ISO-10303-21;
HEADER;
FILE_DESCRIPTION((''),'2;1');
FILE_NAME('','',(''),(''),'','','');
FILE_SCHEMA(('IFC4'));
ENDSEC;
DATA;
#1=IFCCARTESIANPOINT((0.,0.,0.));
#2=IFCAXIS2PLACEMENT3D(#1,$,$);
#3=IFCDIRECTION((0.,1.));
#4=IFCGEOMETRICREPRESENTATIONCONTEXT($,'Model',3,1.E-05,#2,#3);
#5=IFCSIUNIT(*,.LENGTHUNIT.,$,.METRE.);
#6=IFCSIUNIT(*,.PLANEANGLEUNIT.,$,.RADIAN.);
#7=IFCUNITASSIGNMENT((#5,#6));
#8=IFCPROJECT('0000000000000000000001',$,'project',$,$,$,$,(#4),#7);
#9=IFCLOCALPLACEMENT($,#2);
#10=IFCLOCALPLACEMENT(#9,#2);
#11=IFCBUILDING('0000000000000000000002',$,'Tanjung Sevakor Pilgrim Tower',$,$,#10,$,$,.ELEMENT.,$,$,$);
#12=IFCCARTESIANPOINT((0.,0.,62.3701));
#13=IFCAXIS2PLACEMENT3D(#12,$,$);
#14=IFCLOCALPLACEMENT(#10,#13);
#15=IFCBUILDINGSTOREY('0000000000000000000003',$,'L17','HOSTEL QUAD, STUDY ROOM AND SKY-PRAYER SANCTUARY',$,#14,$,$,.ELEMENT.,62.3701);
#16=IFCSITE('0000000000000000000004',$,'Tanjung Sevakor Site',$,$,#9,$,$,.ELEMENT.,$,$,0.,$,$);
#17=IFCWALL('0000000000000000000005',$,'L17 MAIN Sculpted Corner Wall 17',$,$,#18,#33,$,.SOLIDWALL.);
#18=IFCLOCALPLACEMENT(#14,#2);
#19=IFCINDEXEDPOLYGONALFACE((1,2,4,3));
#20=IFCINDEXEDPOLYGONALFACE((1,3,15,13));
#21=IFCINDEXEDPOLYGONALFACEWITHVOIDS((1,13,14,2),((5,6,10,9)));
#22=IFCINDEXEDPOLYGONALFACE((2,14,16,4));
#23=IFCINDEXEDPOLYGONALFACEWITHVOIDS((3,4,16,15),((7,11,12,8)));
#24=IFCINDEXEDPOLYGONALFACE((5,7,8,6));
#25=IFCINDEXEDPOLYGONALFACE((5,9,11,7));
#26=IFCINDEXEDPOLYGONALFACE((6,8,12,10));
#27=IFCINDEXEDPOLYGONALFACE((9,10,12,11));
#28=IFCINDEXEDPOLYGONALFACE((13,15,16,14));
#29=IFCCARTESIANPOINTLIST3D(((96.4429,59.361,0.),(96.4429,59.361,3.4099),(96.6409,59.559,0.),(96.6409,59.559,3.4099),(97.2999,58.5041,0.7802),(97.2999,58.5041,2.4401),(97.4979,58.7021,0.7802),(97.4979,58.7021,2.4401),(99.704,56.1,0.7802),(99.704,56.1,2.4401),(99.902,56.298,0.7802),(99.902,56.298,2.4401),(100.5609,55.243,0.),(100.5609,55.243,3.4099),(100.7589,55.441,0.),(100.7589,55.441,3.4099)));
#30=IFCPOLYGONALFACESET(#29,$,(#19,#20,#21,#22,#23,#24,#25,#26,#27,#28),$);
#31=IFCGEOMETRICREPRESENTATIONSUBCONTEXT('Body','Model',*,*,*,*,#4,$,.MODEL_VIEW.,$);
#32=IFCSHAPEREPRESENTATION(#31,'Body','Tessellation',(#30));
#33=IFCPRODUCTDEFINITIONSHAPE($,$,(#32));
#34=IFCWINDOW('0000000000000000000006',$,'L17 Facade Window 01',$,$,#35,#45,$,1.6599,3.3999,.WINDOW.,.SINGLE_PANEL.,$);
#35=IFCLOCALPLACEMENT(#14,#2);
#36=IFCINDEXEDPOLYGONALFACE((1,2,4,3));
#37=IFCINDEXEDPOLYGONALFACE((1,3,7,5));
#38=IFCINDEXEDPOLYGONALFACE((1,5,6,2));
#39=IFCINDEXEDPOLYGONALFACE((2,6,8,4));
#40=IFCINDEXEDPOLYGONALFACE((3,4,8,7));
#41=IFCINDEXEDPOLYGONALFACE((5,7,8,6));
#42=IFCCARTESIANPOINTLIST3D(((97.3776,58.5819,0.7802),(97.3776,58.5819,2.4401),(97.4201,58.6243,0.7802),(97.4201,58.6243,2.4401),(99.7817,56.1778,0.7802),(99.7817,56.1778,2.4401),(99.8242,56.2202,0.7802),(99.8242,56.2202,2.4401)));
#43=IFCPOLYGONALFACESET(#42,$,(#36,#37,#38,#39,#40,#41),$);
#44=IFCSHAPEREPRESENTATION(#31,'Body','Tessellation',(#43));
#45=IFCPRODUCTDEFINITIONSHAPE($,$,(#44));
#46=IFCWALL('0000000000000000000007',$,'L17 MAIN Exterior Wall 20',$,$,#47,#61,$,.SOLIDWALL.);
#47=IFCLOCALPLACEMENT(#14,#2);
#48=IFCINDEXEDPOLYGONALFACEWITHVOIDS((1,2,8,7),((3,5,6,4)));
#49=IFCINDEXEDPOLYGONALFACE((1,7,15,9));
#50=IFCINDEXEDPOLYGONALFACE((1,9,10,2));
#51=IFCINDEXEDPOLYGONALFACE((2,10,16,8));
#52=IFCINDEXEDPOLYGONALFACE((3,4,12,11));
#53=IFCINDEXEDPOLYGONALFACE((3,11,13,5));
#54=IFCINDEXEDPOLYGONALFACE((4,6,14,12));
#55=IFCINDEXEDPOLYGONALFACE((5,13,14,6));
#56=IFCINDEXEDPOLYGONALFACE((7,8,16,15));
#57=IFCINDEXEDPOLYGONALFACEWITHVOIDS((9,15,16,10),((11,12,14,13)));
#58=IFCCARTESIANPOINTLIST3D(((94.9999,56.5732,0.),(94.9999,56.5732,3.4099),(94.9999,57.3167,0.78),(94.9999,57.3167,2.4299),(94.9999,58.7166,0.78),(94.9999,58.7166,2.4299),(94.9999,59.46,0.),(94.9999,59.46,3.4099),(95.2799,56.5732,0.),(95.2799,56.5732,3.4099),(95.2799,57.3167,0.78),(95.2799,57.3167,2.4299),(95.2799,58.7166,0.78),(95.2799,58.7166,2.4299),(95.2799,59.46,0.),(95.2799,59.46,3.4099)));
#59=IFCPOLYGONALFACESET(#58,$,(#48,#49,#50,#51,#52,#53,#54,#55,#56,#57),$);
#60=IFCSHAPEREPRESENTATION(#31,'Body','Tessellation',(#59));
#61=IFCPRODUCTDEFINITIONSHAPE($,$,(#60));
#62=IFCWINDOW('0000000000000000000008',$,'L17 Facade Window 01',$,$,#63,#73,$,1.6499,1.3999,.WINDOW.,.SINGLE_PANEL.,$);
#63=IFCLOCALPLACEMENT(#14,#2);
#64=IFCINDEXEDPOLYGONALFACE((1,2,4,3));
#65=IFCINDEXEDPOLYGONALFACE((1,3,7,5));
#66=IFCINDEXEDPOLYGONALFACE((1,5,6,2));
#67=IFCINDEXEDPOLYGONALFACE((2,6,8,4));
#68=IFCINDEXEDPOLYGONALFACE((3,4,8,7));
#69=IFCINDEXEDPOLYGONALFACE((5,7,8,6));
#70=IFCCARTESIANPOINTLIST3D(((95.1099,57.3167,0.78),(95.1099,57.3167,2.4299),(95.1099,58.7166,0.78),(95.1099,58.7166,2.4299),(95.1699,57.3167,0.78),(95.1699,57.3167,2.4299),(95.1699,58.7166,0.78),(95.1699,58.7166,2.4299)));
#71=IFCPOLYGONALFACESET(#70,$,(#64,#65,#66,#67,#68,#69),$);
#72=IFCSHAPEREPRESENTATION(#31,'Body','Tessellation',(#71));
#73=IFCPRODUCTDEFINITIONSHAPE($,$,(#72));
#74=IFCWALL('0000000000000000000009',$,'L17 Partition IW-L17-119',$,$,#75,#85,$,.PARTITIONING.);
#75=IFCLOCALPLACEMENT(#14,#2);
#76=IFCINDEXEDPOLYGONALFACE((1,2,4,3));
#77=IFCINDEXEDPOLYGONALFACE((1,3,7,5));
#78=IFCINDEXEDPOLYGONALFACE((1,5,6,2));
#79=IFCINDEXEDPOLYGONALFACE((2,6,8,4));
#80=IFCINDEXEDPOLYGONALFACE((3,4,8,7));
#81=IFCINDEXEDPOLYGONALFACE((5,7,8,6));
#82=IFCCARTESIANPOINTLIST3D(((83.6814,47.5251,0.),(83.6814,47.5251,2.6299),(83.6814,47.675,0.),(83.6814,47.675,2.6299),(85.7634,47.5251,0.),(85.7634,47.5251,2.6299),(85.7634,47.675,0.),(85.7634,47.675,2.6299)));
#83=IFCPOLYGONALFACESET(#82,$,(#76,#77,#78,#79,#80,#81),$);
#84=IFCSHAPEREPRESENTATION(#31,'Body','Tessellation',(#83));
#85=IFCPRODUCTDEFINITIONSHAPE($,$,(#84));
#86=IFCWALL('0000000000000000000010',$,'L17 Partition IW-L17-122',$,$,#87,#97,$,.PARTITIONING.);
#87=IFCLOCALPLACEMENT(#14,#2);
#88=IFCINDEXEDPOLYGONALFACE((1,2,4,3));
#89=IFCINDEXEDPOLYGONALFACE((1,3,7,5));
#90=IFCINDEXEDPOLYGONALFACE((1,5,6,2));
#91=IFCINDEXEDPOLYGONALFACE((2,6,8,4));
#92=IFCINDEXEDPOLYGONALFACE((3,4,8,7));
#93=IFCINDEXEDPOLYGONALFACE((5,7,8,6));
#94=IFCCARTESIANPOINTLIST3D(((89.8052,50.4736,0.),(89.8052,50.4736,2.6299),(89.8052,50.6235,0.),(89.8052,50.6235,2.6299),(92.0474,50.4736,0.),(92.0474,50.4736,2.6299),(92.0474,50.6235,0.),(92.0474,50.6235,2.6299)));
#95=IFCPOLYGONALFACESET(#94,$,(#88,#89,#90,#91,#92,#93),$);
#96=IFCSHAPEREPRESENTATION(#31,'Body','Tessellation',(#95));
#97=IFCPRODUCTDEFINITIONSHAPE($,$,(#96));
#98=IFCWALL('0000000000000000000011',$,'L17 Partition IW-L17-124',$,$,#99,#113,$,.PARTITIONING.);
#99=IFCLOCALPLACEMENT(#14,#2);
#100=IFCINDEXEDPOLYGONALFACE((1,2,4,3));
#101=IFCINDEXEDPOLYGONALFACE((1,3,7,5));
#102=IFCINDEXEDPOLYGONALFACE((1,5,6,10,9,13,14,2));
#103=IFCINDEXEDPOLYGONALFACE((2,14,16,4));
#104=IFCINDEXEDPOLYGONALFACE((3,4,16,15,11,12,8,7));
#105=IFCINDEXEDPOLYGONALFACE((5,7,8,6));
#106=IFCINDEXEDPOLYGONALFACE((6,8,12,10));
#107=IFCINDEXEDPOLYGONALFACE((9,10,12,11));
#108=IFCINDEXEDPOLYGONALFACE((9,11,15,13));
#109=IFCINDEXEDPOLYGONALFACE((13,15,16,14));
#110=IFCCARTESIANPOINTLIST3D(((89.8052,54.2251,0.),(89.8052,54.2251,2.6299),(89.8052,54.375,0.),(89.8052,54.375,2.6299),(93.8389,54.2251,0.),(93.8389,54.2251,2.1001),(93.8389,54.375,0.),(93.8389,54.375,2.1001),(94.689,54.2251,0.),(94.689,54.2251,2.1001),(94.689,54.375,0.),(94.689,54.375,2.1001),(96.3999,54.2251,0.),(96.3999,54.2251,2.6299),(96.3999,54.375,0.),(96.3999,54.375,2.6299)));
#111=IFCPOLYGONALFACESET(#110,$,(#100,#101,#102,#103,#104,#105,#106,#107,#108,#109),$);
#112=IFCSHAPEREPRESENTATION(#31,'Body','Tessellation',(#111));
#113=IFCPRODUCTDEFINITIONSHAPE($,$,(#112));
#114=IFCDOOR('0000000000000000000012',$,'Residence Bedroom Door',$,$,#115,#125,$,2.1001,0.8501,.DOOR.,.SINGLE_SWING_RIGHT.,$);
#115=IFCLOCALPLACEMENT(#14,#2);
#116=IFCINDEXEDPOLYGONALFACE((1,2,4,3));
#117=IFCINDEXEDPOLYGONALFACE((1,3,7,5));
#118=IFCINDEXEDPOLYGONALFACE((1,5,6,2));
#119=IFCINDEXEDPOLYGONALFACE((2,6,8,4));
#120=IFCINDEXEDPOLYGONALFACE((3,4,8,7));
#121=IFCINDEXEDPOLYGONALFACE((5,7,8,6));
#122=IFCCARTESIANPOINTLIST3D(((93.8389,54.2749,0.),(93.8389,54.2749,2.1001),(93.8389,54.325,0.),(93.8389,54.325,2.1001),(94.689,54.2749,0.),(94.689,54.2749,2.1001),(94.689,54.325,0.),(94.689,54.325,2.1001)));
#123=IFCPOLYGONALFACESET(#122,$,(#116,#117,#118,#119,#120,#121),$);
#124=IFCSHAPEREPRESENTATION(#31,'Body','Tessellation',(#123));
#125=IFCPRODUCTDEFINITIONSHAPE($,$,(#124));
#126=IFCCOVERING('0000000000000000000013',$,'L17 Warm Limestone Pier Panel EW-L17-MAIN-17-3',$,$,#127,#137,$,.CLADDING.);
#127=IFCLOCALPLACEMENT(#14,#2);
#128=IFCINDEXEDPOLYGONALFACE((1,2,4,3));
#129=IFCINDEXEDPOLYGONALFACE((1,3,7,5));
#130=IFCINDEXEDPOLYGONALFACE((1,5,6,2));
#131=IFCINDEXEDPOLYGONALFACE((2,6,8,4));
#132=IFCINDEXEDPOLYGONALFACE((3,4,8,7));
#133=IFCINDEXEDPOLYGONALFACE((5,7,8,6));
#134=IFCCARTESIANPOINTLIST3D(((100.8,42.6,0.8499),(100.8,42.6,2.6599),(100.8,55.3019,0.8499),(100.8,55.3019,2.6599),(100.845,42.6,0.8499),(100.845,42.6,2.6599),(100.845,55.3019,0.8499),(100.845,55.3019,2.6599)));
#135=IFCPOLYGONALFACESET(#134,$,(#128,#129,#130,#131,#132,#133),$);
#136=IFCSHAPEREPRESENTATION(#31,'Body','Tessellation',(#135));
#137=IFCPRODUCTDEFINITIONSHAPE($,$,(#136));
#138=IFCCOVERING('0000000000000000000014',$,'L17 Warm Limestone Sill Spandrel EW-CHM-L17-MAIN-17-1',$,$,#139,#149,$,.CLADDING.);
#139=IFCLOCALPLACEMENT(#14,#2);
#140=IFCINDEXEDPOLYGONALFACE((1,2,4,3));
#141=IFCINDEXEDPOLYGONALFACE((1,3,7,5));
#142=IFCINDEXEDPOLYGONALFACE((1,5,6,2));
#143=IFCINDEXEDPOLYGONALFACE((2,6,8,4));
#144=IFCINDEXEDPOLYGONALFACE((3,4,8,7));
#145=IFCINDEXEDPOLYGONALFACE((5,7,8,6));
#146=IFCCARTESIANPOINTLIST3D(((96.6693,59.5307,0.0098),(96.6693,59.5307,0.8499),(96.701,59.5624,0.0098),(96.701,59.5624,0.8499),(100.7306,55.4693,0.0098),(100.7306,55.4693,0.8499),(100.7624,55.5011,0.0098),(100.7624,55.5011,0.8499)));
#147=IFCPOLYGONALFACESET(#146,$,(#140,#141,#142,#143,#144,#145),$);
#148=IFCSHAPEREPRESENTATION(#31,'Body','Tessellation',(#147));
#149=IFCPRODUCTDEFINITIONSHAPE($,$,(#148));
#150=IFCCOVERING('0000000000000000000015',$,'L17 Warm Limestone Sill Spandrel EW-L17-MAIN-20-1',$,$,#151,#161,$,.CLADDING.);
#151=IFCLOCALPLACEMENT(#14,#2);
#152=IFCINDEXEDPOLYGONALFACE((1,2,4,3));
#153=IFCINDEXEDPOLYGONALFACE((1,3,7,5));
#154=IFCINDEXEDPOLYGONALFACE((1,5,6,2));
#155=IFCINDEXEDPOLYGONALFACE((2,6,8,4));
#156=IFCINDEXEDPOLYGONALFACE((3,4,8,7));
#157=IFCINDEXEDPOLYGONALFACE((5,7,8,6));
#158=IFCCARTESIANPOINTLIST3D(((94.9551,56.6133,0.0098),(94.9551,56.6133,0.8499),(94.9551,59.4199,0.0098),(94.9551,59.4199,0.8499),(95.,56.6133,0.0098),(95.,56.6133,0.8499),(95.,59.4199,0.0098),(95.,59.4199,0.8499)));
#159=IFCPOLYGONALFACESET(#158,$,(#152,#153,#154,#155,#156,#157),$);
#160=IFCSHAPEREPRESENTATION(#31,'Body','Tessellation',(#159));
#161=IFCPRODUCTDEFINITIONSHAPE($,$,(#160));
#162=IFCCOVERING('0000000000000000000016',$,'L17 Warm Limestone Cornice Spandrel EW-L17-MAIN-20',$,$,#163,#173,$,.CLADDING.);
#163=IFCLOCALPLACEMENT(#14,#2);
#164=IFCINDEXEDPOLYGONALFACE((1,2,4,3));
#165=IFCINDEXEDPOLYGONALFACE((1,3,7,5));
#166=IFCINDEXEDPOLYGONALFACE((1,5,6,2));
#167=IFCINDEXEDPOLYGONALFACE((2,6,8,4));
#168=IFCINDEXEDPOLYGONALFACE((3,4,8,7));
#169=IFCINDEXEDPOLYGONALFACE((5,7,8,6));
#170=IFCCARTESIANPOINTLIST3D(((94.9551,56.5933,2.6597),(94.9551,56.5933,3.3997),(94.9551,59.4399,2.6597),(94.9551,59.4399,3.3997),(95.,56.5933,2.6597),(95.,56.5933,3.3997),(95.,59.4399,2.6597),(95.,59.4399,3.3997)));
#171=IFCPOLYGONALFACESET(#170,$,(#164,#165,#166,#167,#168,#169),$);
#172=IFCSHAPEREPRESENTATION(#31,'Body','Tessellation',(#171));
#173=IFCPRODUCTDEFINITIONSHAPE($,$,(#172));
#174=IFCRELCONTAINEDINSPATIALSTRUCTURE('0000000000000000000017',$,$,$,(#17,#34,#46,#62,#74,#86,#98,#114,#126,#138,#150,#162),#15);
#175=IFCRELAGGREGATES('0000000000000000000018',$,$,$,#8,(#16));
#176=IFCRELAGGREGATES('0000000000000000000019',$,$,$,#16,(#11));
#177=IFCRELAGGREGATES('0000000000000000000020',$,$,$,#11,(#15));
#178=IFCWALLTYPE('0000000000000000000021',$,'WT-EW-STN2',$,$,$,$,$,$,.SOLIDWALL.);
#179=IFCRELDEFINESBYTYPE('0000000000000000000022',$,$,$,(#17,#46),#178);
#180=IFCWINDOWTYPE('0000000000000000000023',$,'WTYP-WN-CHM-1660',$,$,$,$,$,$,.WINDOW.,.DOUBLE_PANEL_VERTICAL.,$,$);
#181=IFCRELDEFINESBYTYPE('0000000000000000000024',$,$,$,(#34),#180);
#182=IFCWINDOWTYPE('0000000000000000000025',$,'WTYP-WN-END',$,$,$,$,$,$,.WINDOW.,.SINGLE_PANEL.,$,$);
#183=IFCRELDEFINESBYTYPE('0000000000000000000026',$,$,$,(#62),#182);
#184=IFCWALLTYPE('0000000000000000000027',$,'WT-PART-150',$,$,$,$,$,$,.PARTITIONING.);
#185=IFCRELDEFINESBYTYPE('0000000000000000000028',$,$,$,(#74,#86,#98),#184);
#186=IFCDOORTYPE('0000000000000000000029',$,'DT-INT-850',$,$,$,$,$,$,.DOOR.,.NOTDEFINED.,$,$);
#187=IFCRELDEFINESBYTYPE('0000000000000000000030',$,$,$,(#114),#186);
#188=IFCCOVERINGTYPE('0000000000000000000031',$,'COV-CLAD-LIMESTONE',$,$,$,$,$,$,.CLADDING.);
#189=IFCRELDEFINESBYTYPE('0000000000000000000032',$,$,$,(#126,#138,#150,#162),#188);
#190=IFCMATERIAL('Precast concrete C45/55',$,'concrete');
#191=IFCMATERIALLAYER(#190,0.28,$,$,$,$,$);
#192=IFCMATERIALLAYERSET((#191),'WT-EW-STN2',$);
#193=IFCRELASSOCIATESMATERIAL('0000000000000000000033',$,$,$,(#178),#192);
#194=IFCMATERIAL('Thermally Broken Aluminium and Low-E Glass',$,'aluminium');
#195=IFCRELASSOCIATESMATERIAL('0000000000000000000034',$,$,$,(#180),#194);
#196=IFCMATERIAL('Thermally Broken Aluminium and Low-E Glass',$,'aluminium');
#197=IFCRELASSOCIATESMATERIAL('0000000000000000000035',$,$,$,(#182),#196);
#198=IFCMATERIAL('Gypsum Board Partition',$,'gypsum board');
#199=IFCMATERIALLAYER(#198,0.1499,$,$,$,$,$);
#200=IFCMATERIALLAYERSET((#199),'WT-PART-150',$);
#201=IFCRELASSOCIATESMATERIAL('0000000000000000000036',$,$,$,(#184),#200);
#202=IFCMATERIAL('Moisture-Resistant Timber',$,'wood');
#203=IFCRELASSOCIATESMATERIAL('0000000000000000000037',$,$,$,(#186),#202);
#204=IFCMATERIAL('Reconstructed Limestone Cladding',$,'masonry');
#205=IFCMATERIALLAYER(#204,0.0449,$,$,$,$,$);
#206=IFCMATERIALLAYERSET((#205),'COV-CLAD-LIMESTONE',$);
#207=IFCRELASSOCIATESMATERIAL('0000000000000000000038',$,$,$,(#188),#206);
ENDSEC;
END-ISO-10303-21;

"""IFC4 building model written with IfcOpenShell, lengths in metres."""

from ifc_helpers import new_model, si_unit, direction, frame, frame_2d, origin, origin_2d, place, context, subcontext, project, spatial, rectangle, extrude, material, layer, layer_set, type_object, element, fill, save


model = new_model("IFC4")

# Units and contexts
model_context = context("Model", 3, precision=1e-05, world=origin(), true_north=direction((0.0, 1.0)))
body_context = subcontext(model_context, "Body", "Model", "MODEL_VIEW")
ifc_project = project(units=[si_unit("LENGTHUNIT", "METRE"), si_unit("PLANEANGLEUNIT", "RADIAN")], contexts=[model_context])

# Site, building, storey
site_placement = place(None, origin())
site = spatial("IfcSite", under=ifc_project, at=site_placement, Name="Tanjung Sevakor Site", CompositionType="ELEMENT", RefElevation=0.0)
building_placement = place(site_placement, origin())
building = spatial("IfcBuilding", under=site, at=building_placement, Name="Tanjung Sevakor Pilgrim Tower", CompositionType="ELEMENT")
storey_placement = place(building_placement, frame((0.0, 0.0, 62.3701)))
storey = spatial("IfcBuildingStorey", under=building, at=storey_placement, Name="L17", Description="HOSTEL QUAD, STUDY ROOM AND SKY-PRAYER SANCTUARY", CompositionType="ELEMENT", Elevation=62.3701)

# Walls, openings, windows
ifc_material_1 = material(Name="Precast concrete C45/55", Category="concrete")
ifc_layer_1 = layer(ifc_material_1, 0.28)
ifc_layer_set_1 = layer_set([ifc_layer_1], Name="WT-EW-STN2")
wall_type_1 = type_object("IfcWallType", Name="WT-EW-STN2", PredefinedType="SOLIDWALL", material=ifc_layer_set_1)
wall_1_placement = place(storey_placement, frame((100.6599, 55.342, 0.0), z_axis=(0.0, 0.0, 1.0), x_axis=(-0.707107, 0.707107, 0.0)))
wall_1 = element("IfcWall", 1, at=wall_1_placement, inside=storey, type_object=wall_type_1, Name="L17 MAIN Sculpted Corner Wall 17", PredefinedType="SOLIDWALL", context=body_context, shape_type="SweptSolid", body=[
    extrude(rectangle(XDim=5.8237, YDim=0.28, at=frame_2d((2.9119, 0.0))), origin(), (0.0, 0.0, 1.0), 3.4099),
])
opening_1_placement = place(wall_1_placement, frame((1.2119, 0.0, 0.78)))
opening_1 = element("IfcOpeningElement", 2, at=opening_1_placement, cuts=wall_1, PredefinedType="OPENING", context=body_context, shape_type="SweptSolid", body=[
    extrude(rectangle(XDim=3.3999, YDim=1.6599, at=frame_2d((1.7, 0.8301))), frame((0.0, 0.1499, 0.0), z_axis=(0.0, -1.0, 0.0), x_axis=(1.0, 0.0, 0.0)), (0.0, 0.0, 1.0), 0.3),
])
ifc_material_2 = material(Name="Thermally Broken Aluminium and Low-E Glass", Category="aluminium")
window_type_1 = type_object("IfcWindowType", Name="WTYP-WN-CHM-1660", PartitioningType="DOUBLE_PANEL_VERTICAL", PredefinedType="WINDOW", material=ifc_material_2)
window_1_placement = place(opening_1_placement, origin())
window_1 = element("IfcWindow", 3, at=window_1_placement, inside=storey, type_object=window_type_1, Name="L17 Facade Window 01", OverallHeight=1.6599, OverallWidth=3.3999, PartitioningType="SINGLE_PANEL", PredefinedType="WINDOW", context=body_context, shape_type="SweptSolid", body=[
    extrude(rectangle(XDim=3.3999, YDim=1.6599, at=frame_2d((1.7, 0.8301))), frame((0.0, 0.03, 0.0), z_axis=(0.0, -1.0, 0.0), x_axis=(1.0, 0.0, 0.0)), (0.0, 0.0, 1.0), 0.0601),
])
fill(opening_1, window_1)
wall_2_placement = place(storey_placement, frame((95.1399, 59.46, 0.0), z_axis=(0.0, 0.0, 1.0), x_axis=(0.0, -1.0, 0.0)))
wall_2 = element("IfcWall", 4, at=wall_2_placement, inside=storey, type_object=wall_type_1, Name="L17 MAIN Exterior Wall 20", PredefinedType="SOLIDWALL", context=body_context, shape_type="SweptSolid", body=[
    extrude(rectangle(XDim=2.8867, YDim=0.28, at=frame_2d((1.4434, 0.0))), origin(), (0.0, 0.0, 1.0), 3.4099),
])
opening_2_placement = place(wall_2_placement, frame((0.7434, 0.0, 0.78)))
opening_2 = element("IfcOpeningElement", 5, at=opening_2_placement, cuts=wall_2, PredefinedType="OPENING", context=body_context, shape_type="SweptSolid", body=[
    extrude(rectangle(XDim=1.3999, YDim=1.6499, at=frame_2d((0.7, 0.825))), frame((0.0, 0.1499, 0.0), z_axis=(0.0, -1.0, 0.0), x_axis=(1.0, 0.0, 0.0)), (0.0, 0.0, 1.0), 0.3),
])
ifc_material_3 = material(Name="Thermally Broken Aluminium and Low-E Glass", Category="aluminium")
window_type_2 = type_object("IfcWindowType", Name="WTYP-WN-END", PartitioningType="SINGLE_PANEL", PredefinedType="WINDOW", material=ifc_material_3)
window_2_placement = place(opening_2_placement, origin())
window_2 = element("IfcWindow", 6, at=window_2_placement, inside=storey, type_object=window_type_2, Name="L17 Facade Window 01", OverallHeight=1.6499, OverallWidth=1.3999, PartitioningType="SINGLE_PANEL", PredefinedType="WINDOW", context=body_context, shape_type="SweptSolid", body=[
    extrude(rectangle(XDim=1.3999, YDim=1.6499, at=frame_2d((0.7, 0.825))), frame((0.0, 0.03, 0.0), z_axis=(0.0, -1.0, 0.0), x_axis=(1.0, 0.0, 0.0)), (0.0, 0.0, 1.0), 0.0601),
])
fill(opening_2, window_2)

# Walls
ifc_material_4 = material(Name="Gypsum Board Partition", Category="gypsum board")
ifc_layer_2 = layer(ifc_material_4, 0.1499)
ifc_layer_set_2 = layer_set([ifc_layer_2], Name="WT-PART-150")
wall_type_2 = type_object("IfcWallType", Name="WT-PART-150", PredefinedType="PARTITIONING", material=ifc_layer_set_2)
wall_3_placement = place(storey_placement, frame((83.6814, 47.6001, 0.0), z_axis=(0.0, 0.0, 1.0), x_axis=(1.0, 0.0, 0.0)))
element("IfcWall", 7, at=wall_3_placement, inside=storey, type_object=wall_type_2, Name="L17 Partition IW-L17-119", PredefinedType="PARTITIONING", context=body_context, shape_type="SweptSolid", body=[
    extrude(rectangle(XDim=2.082, YDim=0.1499, at=frame_2d((1.041, 0.0))), origin(), (0.0, 0.0, 1.0), 2.6299),
])
wall_4_placement = place(storey_placement, frame((89.8052, 50.5486, 0.0), z_axis=(0.0, 0.0, 1.0), x_axis=(1.0, 0.0, 0.0)))
element("IfcWall", 8, at=wall_4_placement, inside=storey, type_object=wall_type_2, Name="L17 Partition IW-L17-122", PredefinedType="PARTITIONING", context=body_context, shape_type="SweptSolid", body=[
    extrude(rectangle(XDim=2.2422, YDim=0.1499, at=frame_2d((1.1211, 0.0))), origin(), (0.0, 0.0, 1.0), 2.6299),
])

# Wall, opening, door
wall_5_placement = place(storey_placement, frame((89.8052, 54.3, 0.0), z_axis=(0.0, 0.0, 1.0), x_axis=(1.0, 0.0, 0.0)))
wall_5 = element("IfcWall", 9, at=wall_5_placement, inside=storey, type_object=wall_type_2, Name="L17 Partition IW-L17-124", PredefinedType="PARTITIONING", context=body_context, shape_type="SweptSolid", body=[
    extrude(rectangle(XDim=6.5947, YDim=0.1499, at=frame_2d((3.2974, 0.0))), origin(), (0.0, 0.0, 1.0), 2.6299),
])
opening_3_placement = place(wall_5_placement, frame((4.0337, 0.0, 0.0)))
opening_3 = element("IfcOpeningElement", 10, at=opening_3_placement, cuts=wall_5, PredefinedType="OPENING", context=body_context, shape_type="SweptSolid", body=[
    extrude(rectangle(XDim=0.8501, YDim=2.1001, at=frame_2d((0.425, 1.05))), frame((0.0, 0.085, 0.0), z_axis=(0.0, -1.0, 0.0), x_axis=(1.0, 0.0, 0.0)), (0.0, 0.0, 1.0), 0.1699),
])
ifc_material_5 = material(Name="Moisture-Resistant Timber", Category="wood")
door_type = type_object("IfcDoorType", Name="DT-INT-850", OperationType="NOTDEFINED", PredefinedType="DOOR", material=ifc_material_5)
door_placement = place(opening_3_placement, origin())
door = element("IfcDoor", 11, at=door_placement, inside=storey, type_object=door_type, Name="Residence Bedroom Door", OperationType="SINGLE_SWING_RIGHT", OverallHeight=2.1001, OverallWidth=0.8501, PredefinedType="DOOR", context=body_context, shape_type="SweptSolid", body=[
    extrude(rectangle(XDim=0.8501, YDim=2.1001, at=frame_2d((0.425, 1.05))), frame((0.0, 0.0249, 0.0), z_axis=(0.0, -1.0, 0.0), x_axis=(1.0, 0.0, 0.0)), (0.0, 0.0, 1.0), 0.05),
])
fill(opening_3, door)

# Coverings
ifc_material_6 = material(Name="Reconstructed Limestone Cladding", Category="masonry")
ifc_layer_3 = layer(ifc_material_6, 0.0449)
ifc_layer_set_3 = layer_set([ifc_layer_3], Name="COV-CLAD-LIMESTONE")
covering_type = type_object("IfcCoveringType", Name="COV-CLAD-LIMESTONE", PredefinedType="CLADDING", material=ifc_layer_set_3)
covering_1_placement = place(storey_placement, frame((100.8225, 48.9509, 0.8499), z_axis=(0.0, 0.0, 1.0), x_axis=(0.0, 1.0, 0.0)))
element("IfcCovering", 12, at=covering_1_placement, inside=storey, type_object=covering_type, Name="L17 Warm Limestone Pier Panel EW-L17-MAIN-17-3", PredefinedType="CLADDING", context=body_context, shape_type="SweptSolid", body=[
    extrude(rectangle(XDim=12.7019, YDim=0.0449, at=origin_2d()), origin(), (0.0, 0.0, 1.0), 1.8101),
])
covering_2_placement = place(storey_placement, frame((98.7158, 57.5159, 0.0098), z_axis=(0.0, 0.0, 1.0), x_axis=(-0.707107, 0.707107, 0.0)))
element("IfcCovering", 13, at=covering_2_placement, inside=storey, type_object=covering_type, Name="L17 Warm Limestone Sill Spandrel EW-CHM-L17-MAIN-17-1", PredefinedType="CLADDING", context=body_context, shape_type="SweptSolid", body=[
    extrude(rectangle(XDim=5.7437, YDim=0.0449, at=origin_2d()), origin(), (0.0, 0.0, 1.0), 0.8401),
])
covering_3_placement = place(storey_placement, frame((94.9775, 58.0166, 0.0098), z_axis=(0.0, 0.0, 1.0), x_axis=(0.0, -1.0, 0.0)))
element("IfcCovering", 14, at=covering_3_placement, inside=storey, type_object=covering_type, Name="L17 Warm Limestone Sill Spandrel EW-L17-MAIN-20-1", PredefinedType="CLADDING", context=body_context, shape_type="SweptSolid", body=[
    extrude(rectangle(XDim=2.8066, YDim=0.0449, at=origin_2d()), origin(), (0.0, 0.0, 1.0), 0.8401),
])
covering_4_placement = place(storey_placement, frame((94.9775, 58.0166, 2.6597), z_axis=(0.0, 0.0, 1.0), x_axis=(0.0, -1.0, 0.0)))
element("IfcCovering", 15, at=covering_4_placement, inside=storey, type_object=covering_type, Name="L17 Warm Limestone Cornice Spandrel EW-L17-MAIN-20", PredefinedType="CLADDING", context=body_context, shape_type="SweptSolid", body=[
    extrude(rectangle(XDim=2.8467, YDim=0.0449, at=origin_2d()), origin(), (0.0, 0.0, 1.0), 0.74),
])

save(model, "model.ifc")
